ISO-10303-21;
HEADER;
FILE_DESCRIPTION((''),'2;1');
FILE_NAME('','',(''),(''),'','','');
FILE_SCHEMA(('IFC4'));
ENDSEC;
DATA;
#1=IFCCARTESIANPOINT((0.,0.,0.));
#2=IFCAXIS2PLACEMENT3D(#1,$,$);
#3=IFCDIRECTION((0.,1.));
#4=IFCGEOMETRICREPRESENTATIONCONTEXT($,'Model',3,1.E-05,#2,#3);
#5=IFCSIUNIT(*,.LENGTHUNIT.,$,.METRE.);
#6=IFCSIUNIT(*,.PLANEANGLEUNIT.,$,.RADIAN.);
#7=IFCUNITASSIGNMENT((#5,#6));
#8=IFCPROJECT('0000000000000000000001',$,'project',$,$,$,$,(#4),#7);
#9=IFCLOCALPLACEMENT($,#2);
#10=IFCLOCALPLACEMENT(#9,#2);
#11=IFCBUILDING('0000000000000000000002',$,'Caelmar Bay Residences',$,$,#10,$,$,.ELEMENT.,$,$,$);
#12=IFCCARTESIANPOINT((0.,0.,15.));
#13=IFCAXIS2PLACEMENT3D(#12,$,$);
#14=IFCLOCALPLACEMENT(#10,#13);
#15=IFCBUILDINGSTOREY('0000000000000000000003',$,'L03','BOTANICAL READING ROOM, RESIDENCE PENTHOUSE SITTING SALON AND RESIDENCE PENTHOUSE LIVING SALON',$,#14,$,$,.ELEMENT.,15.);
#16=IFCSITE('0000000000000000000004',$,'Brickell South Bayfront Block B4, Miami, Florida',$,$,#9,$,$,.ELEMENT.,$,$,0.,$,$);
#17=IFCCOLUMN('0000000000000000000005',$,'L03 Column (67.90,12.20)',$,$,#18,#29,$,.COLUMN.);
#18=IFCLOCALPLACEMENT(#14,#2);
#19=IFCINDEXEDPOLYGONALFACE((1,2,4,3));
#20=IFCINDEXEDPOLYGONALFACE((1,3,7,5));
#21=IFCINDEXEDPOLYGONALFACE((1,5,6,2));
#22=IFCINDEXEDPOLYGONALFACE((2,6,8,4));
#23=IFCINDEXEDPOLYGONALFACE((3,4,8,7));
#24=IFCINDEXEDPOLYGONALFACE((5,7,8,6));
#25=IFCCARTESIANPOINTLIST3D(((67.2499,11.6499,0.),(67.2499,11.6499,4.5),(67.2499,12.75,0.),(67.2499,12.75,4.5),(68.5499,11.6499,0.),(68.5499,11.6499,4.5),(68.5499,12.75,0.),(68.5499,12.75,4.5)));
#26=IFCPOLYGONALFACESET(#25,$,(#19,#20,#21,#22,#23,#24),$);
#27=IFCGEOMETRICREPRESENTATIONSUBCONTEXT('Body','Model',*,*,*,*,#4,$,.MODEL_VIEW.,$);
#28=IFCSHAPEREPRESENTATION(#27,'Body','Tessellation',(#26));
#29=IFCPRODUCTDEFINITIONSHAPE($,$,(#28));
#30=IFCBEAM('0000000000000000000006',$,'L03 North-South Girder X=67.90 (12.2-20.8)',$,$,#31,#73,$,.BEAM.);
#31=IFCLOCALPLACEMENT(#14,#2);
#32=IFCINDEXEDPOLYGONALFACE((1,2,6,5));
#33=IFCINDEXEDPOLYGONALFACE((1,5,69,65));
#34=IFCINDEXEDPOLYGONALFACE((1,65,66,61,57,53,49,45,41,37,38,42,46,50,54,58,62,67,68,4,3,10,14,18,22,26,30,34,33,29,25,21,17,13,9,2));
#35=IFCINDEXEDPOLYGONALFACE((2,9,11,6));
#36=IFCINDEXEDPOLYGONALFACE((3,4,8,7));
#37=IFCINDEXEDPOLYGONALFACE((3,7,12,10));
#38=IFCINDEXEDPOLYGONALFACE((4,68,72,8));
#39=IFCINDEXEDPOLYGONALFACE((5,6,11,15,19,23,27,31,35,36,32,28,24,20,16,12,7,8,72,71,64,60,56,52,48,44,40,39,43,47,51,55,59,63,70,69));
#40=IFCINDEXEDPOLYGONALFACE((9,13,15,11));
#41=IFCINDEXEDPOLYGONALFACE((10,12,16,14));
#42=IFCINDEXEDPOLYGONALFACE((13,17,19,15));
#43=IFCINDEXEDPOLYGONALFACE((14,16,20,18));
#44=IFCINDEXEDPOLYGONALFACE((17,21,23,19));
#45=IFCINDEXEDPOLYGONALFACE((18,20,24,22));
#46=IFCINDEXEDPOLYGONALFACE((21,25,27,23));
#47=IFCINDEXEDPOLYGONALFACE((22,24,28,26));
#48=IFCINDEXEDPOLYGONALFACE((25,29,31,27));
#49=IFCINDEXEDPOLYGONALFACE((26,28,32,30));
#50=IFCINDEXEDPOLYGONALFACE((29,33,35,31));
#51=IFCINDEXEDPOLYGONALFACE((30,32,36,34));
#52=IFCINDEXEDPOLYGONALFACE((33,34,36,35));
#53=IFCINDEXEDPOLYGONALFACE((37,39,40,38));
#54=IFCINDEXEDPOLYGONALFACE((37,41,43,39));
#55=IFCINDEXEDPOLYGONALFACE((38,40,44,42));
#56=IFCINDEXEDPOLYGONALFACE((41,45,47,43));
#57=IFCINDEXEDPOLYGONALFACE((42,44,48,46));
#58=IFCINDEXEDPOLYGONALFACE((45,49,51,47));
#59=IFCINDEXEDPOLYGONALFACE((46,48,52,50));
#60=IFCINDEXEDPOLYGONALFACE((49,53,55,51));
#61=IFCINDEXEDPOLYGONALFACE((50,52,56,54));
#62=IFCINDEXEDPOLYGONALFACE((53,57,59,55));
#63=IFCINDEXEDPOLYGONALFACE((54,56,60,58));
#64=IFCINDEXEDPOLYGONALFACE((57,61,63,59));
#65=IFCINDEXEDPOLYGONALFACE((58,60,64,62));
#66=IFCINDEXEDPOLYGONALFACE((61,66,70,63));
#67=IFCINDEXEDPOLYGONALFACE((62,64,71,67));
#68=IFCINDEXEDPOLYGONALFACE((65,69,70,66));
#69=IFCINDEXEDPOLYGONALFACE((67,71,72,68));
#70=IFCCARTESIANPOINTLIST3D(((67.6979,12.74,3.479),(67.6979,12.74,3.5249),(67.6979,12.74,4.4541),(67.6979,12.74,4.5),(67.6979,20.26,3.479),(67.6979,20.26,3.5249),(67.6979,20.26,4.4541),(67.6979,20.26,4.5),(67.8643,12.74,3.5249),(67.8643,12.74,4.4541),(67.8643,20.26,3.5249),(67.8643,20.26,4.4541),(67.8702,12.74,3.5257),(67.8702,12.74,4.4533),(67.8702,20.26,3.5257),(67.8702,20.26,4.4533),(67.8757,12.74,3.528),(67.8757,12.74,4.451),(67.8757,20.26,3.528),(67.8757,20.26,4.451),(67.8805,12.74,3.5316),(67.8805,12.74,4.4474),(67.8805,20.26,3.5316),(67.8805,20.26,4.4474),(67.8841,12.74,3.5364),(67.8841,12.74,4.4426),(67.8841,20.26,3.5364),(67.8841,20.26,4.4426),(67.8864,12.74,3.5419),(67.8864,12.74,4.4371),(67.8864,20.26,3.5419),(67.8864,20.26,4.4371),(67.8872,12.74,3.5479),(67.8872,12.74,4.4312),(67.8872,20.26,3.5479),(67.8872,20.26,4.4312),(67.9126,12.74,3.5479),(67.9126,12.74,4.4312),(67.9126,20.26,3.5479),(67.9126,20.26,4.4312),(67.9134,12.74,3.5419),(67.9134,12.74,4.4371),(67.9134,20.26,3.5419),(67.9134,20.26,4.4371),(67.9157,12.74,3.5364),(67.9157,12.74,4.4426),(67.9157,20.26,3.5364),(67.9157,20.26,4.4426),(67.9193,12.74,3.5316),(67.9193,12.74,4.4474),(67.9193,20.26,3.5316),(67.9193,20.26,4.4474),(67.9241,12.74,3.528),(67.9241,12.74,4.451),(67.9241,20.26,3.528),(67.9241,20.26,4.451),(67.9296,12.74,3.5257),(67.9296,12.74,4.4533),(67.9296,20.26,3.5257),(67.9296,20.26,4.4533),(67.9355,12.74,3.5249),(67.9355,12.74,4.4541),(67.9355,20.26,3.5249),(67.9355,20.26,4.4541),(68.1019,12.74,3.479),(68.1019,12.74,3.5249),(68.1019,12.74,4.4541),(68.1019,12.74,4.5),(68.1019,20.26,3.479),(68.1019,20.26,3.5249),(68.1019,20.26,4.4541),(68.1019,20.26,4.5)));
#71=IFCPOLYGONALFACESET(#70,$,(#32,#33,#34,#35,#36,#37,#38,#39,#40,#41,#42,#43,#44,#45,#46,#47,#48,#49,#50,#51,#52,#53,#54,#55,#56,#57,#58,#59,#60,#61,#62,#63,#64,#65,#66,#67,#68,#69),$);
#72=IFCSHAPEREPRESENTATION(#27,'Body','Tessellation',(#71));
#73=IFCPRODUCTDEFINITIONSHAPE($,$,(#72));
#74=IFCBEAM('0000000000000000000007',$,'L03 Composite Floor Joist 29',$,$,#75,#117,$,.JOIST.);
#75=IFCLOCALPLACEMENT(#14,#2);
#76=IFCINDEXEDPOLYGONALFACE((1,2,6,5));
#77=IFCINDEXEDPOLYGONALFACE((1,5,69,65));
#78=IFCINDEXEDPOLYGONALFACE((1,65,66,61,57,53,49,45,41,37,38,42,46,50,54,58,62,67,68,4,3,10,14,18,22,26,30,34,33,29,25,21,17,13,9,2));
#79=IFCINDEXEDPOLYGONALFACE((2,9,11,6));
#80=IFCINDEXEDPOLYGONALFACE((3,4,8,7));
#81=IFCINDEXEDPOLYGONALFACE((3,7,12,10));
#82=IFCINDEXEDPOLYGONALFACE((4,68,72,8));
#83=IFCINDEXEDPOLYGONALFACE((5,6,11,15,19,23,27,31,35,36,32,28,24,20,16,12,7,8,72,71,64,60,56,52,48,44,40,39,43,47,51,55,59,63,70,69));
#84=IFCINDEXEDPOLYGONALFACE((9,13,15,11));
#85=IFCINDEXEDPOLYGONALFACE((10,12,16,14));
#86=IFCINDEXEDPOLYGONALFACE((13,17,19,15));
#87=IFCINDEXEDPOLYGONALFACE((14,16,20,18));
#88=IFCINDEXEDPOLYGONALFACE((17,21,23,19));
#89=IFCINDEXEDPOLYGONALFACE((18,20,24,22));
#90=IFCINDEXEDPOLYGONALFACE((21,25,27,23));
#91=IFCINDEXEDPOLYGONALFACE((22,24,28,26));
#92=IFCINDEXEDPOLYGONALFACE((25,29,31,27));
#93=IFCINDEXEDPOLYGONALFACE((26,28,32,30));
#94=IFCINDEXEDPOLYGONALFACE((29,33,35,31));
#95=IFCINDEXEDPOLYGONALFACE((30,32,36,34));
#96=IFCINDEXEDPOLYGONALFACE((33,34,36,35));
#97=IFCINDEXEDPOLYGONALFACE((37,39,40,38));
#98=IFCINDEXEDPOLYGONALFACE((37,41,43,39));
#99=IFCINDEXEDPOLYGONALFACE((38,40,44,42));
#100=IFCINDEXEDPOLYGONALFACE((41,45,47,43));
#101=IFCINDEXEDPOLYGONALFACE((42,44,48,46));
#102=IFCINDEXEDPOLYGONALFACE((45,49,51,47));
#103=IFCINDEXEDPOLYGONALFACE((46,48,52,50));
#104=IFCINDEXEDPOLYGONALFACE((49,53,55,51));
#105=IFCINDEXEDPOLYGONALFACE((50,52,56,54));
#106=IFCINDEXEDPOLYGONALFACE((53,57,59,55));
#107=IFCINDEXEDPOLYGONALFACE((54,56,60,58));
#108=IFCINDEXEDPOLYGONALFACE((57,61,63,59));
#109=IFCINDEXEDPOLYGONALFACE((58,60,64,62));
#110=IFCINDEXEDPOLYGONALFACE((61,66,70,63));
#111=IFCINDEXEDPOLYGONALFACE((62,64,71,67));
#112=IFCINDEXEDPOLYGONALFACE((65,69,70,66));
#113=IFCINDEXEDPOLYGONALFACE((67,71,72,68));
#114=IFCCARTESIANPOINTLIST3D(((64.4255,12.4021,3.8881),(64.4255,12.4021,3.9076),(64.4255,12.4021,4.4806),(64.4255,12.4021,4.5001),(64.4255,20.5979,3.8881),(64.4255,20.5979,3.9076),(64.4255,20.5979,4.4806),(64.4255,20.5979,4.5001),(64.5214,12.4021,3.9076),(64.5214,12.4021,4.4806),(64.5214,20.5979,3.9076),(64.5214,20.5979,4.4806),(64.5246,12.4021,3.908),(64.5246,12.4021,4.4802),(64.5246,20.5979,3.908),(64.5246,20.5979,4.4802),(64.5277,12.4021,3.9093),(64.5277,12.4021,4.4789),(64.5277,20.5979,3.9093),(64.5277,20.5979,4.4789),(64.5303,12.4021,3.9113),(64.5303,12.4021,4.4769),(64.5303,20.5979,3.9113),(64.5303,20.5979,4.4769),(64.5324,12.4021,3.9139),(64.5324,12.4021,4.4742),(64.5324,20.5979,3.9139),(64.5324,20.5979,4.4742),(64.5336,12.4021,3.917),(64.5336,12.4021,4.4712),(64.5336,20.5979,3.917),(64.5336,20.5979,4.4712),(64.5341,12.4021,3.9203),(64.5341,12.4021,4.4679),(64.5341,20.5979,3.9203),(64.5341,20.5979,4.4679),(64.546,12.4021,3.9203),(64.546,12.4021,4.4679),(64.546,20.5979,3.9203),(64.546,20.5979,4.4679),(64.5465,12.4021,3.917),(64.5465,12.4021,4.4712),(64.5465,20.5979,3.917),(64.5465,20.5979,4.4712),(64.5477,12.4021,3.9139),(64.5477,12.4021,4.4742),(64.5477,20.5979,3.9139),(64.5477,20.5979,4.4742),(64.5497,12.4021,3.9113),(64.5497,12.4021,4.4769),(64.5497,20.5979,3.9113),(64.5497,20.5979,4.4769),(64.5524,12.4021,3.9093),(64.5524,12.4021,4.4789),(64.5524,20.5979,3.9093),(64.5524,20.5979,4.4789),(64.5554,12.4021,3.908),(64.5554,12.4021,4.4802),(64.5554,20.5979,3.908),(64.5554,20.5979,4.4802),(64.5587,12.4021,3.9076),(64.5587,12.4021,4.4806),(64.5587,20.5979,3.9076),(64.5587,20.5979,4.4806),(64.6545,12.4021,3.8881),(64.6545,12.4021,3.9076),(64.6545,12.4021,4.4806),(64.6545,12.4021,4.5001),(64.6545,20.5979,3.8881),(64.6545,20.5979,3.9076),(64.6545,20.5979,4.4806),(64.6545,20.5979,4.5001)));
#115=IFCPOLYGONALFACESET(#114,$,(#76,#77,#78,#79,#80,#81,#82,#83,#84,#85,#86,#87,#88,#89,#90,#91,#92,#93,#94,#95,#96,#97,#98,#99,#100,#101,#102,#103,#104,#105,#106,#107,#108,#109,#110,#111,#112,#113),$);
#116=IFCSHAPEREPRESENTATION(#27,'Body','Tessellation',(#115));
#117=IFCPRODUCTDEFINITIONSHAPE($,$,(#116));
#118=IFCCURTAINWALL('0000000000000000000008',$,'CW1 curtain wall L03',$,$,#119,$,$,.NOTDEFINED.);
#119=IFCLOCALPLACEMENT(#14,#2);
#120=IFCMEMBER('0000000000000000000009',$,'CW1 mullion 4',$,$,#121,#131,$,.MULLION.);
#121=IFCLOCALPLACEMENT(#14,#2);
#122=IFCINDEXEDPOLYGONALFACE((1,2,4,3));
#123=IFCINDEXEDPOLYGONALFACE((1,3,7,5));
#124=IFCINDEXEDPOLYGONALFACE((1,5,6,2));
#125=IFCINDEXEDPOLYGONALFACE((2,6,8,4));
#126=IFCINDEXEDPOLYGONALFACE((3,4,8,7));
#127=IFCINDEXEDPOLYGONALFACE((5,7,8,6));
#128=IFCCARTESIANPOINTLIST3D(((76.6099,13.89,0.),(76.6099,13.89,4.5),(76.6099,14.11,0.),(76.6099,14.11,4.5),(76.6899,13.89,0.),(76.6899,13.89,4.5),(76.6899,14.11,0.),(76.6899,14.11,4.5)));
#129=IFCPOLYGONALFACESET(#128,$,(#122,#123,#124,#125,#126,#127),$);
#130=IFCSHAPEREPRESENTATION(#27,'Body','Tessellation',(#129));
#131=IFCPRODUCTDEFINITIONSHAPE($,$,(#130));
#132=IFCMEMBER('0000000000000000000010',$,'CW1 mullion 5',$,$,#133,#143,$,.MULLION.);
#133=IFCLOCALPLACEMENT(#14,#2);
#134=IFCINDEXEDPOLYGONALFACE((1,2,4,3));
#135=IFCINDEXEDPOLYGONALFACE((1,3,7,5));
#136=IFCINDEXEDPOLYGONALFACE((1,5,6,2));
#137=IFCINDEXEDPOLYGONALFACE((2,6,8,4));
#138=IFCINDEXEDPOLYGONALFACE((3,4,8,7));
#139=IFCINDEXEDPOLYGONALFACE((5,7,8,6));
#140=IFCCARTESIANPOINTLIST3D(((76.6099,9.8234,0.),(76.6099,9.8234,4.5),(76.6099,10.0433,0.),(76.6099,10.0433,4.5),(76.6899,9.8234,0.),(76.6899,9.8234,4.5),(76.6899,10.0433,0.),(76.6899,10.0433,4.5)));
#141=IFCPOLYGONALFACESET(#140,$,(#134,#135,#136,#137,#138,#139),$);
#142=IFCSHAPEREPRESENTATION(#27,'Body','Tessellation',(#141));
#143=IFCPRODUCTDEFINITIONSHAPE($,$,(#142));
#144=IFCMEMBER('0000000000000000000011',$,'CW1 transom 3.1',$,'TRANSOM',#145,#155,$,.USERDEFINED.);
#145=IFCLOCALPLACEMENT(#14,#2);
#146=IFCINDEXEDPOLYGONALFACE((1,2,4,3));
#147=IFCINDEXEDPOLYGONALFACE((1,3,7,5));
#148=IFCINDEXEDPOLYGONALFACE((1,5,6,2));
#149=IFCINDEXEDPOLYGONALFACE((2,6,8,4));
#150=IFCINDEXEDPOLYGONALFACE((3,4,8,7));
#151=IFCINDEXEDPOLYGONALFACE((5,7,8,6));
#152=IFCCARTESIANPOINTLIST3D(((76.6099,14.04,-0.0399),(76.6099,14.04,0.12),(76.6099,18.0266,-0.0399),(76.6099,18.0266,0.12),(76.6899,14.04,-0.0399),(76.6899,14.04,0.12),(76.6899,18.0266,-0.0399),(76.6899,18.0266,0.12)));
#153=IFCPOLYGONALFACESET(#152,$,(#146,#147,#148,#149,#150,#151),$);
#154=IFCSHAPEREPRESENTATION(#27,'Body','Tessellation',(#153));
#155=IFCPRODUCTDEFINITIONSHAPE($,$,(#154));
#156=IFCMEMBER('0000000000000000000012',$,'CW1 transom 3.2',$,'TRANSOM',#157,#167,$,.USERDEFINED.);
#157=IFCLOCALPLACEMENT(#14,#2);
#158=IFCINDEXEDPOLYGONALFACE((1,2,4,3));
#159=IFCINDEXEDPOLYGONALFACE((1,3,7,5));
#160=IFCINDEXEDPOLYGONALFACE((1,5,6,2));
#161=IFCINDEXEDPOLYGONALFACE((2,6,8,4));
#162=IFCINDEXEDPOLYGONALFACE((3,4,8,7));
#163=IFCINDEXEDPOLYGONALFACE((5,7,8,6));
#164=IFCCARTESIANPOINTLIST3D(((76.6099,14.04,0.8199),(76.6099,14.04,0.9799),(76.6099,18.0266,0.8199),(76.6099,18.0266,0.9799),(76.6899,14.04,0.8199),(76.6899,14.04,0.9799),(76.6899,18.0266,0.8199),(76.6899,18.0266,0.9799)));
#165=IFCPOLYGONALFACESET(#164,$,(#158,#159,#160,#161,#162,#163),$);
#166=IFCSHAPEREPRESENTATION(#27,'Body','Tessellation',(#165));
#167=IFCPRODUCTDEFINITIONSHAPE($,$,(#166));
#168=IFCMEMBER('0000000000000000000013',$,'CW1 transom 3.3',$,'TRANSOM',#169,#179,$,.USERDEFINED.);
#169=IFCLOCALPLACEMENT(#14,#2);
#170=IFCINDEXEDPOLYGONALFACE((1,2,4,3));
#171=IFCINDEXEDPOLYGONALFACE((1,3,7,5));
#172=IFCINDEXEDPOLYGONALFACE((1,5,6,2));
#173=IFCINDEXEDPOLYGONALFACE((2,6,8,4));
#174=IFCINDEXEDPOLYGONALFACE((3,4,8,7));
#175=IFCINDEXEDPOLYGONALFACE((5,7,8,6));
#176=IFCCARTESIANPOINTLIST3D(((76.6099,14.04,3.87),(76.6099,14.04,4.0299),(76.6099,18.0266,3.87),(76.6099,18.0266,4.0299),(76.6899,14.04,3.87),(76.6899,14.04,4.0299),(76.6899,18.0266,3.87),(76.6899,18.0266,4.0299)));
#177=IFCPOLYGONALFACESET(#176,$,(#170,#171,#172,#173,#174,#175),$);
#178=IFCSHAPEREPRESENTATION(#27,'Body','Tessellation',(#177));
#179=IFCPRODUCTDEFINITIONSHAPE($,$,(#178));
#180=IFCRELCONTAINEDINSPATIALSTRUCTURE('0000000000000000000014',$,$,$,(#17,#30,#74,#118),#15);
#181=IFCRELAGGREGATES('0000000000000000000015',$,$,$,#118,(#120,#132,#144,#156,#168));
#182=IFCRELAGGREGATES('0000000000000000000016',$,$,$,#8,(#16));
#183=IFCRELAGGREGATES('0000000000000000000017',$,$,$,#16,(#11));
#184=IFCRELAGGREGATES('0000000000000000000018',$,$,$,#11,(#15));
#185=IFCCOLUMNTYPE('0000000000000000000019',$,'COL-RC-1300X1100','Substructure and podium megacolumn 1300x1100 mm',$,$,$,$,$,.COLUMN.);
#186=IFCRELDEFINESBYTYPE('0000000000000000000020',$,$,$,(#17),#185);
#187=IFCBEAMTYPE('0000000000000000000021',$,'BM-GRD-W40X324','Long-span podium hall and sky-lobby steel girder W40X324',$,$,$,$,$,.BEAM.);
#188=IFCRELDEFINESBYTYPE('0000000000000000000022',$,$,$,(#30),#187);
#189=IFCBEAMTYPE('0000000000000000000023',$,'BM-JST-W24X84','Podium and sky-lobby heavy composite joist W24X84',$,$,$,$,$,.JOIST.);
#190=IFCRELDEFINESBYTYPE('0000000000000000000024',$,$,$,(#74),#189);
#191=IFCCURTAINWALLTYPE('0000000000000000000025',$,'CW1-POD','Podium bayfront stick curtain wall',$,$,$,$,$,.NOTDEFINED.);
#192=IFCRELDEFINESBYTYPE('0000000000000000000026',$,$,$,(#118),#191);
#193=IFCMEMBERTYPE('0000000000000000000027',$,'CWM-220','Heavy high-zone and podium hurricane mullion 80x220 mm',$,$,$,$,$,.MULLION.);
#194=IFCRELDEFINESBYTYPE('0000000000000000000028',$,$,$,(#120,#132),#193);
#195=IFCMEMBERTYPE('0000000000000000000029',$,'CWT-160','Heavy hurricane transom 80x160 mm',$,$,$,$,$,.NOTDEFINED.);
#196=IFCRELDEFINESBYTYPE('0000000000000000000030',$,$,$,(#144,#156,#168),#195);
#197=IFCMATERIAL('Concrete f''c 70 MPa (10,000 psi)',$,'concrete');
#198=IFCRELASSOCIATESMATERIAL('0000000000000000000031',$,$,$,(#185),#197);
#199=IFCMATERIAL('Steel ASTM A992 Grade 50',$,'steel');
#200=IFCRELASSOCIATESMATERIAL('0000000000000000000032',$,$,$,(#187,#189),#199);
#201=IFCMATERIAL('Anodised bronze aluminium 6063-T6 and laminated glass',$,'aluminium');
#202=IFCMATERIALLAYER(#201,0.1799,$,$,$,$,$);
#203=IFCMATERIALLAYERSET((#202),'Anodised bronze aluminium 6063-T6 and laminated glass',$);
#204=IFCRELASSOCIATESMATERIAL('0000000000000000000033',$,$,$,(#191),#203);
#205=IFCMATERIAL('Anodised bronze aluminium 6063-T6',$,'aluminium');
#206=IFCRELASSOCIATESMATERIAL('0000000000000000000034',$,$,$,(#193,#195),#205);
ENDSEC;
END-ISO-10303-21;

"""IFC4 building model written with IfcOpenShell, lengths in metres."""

from ifc_helpers import new_model, si_unit, direction, frame, origin, origin_2d, place, context, subcontext, project, spatial, rectangle, i_section, extrude, material, layer, layer_set, material_profile, profile_set, type_object, element, aggregate, save


model = new_model("IFC4")

# Units and contexts
model_context = context("Model", 3, precision=1e-05, world=origin(), true_north=direction((0.0, 1.0)))
body_context = subcontext(model_context, "Body", "Model", "MODEL_VIEW")
ifc_project = project(units=[si_unit("LENGTHUNIT", "METRE"), si_unit("PLANEANGLEUNIT", "RADIAN")], contexts=[model_context])

# Site, building, storey
site_placement = place(None, origin())
site = spatial("IfcSite", under=ifc_project, at=site_placement, Name="Brickell South Bayfront Block B4, Miami, Florida", CompositionType="ELEMENT", RefElevation=0.0)
building_placement = place(site_placement, origin())
building = spatial("IfcBuilding", under=site, at=building_placement, Name="Caelmar Bay Residences", CompositionType="ELEMENT")
storey_placement = place(building_placement, frame((0.0, 0.0, 15.0)))
storey = spatial("IfcBuildingStorey", under=building, at=storey_placement, Name="L03", Description="BOTANICAL READING ROOM, RESIDENCE PENTHOUSE SITTING SALON AND RESIDENCE PENTHOUSE LIVING SALON", CompositionType="ELEMENT", Elevation=15.0)

# Column
ifc_material_1 = material(Name="Concrete f'c 70 MPa (10,000 psi)", Category="concrete")
ifc_material_profile_1 = material_profile(ifc_material_1, rectangle(XDim=1.3, YDim=1.1001, at=origin_2d()), Name="RC-COL-1300X1100")
ifc_profile_set_1 = profile_set([ifc_material_profile_1], Name="Concrete f'c 70 MPa (10,000 psi)")
column_type = type_object("IfcColumnType", Name="COL-RC-1300X1100", Description="Substructure and podium megacolumn 1300x1100 mm", PredefinedType="COLUMN", material=ifc_profile_set_1)
column_placement = place(storey_placement, frame((67.8999, 12.2, 0.0), z_axis=(0.0, 0.0, 1.0), x_axis=(1.0, 0.0, 0.0)))
element("IfcColumn", 1, at=column_placement, inside=storey, type_object=column_type, Name="L03 Column (67.90,12.20)", PredefinedType="COLUMN", context=body_context, shape_type="SweptSolid", body=[
    extrude(rectangle(XDim=1.3, YDim=1.1001, at=origin_2d()), origin(), (0.0, 0.0, 1.0), 4.5),
])

# Beams
ifc_material_2 = material(Name="Steel ASTM A992 Grade 50", Category="steel")
ifc_material_profile_2 = material_profile(ifc_material_2, i_section(OverallWidth=0.4041, OverallDepth=1.021, WebThickness=0.0254, FlangeThickness=0.0459, FilletRadius=0.0229, at=origin_2d()), Name="W40X324")
ifc_profile_set_2 = profile_set([ifc_material_profile_2], Name="Steel ASTM A992 Grade 50")
beam_type_1 = type_object("IfcBeamType", Name="BM-GRD-W40X324", Description="Long-span podium hall and sky-lobby steel girder W40X324", PredefinedType="BEAM", material=ifc_profile_set_2)
beam_1_placement = place(storey_placement, frame((67.8999, 12.74, 3.9895), z_axis=(0.0, 1.0, 0.0), x_axis=(-1.0, 0.0, 0.0)))
element("IfcBeam", 2, at=beam_1_placement, inside=storey, type_object=beam_type_1, Name="L03 North-South Girder X=67.90 (12.2-20.8)", PredefinedType="BEAM", context=body_context, shape_type="SweptSolid", body=[
    extrude(i_section(OverallWidth=0.4041, OverallDepth=1.021, WebThickness=0.0254, FlangeThickness=0.0459, FilletRadius=0.0229, at=origin_2d()), origin(), (0.0, 0.0, 1.0), 7.52),
])
ifc_material_profile_3 = material_profile(ifc_material_2, i_section(OverallWidth=0.229, OverallDepth=0.6121, WebThickness=0.012, FlangeThickness=0.0195, FilletRadius=0.0127, at=origin_2d()), Name="W24X84")
ifc_profile_set_3 = profile_set([ifc_material_profile_3], Name="Steel ASTM A992 Grade 50")
beam_type_2 = type_object("IfcBeamType", Name="BM-JST-W24X84", Description="Podium and sky-lobby heavy composite joist W24X84", PredefinedType="JOIST", material=ifc_profile_set_3)
beam_2_placement = place(storey_placement, frame((64.54, 12.4021, 4.1941), z_axis=(0.0, 1.0, 0.0), x_axis=(-1.0, 0.0, 0.0)))
element("IfcBeam", 3, at=beam_2_placement, inside=storey, type_object=beam_type_2, Name="L03 Composite Floor Joist 29", PredefinedType="JOIST", context=body_context, shape_type="SweptSolid", body=[
    extrude(i_section(OverallWidth=0.229, OverallDepth=0.6121, WebThickness=0.012, FlangeThickness=0.0195, FilletRadius=0.0127, at=origin_2d()), origin(), (0.0, 0.0, 1.0), 8.1958),
])

# Curtain wall, members
ifc_material_3 = material(Name="Anodised bronze aluminium 6063-T6 and laminated glass", Category="aluminium")
ifc_layer_1 = layer(ifc_material_3, 0.1799)
ifc_layer_set_1 = layer_set([ifc_layer_1], Name="Anodised bronze aluminium 6063-T6 and laminated glass")
curtain_wall_type = type_object("IfcCurtainWallType", Name="CW1-POD", Description="Podium bayfront stick curtain wall", PredefinedType="NOTDEFINED", material=ifc_layer_set_1)
curtain_wall_placement = place(storey_placement, origin())
curtain_wall = element("IfcCurtainWall", 4, at=curtain_wall_placement, inside=storey, type_object=curtain_wall_type, Name="CW1 curtain wall L03", PredefinedType="NOTDEFINED")
ifc_material_4 = material(Name="Anodised bronze aluminium 6063-T6", Category="aluminium")
ifc_material_profile_4 = material_profile(ifc_material_4, rectangle(XDim=0.0801, YDim=0.22, at=origin_2d()), Name="CWM-80X220")
ifc_profile_set_4 = profile_set([ifc_material_profile_4], Name="Anodised bronze aluminium 6063-T6")
member_type_1 = type_object("IfcMemberType", Name="CWM-220", Description="Heavy high-zone and podium hurricane mullion 80x220 mm", PredefinedType="MULLION", material=ifc_profile_set_4)
member_1_placement = place(storey_placement, frame((76.6499, 14.0, 0.0), z_axis=(0.0, 0.0, 1.0), x_axis=(1.0, 0.0, 0.0)))
member_1 = element("IfcMember", 5, at=member_1_placement, type_object=member_type_1, Name="CW1 mullion 4", PredefinedType="MULLION", context=body_context, shape_type="SweptSolid", body=[
    extrude(rectangle(XDim=0.0801, YDim=0.22, at=origin_2d()), origin(), (0.0, 0.0, 1.0), 4.5),
])
member_2_placement = place(storey_placement, frame((76.6499, 9.9333, 0.0), z_axis=(0.0, 0.0, 1.0), x_axis=(1.0, 0.0, 0.0)))
member_2 = element("IfcMember", 6, at=member_2_placement, type_object=member_type_1, Name="CW1 mullion 5", PredefinedType="MULLION", context=body_context, shape_type="SweptSolid", body=[
    extrude(rectangle(XDim=0.0801, YDim=0.22, at=origin_2d()), origin(), (0.0, 0.0, 1.0), 4.5),
])
ifc_material_profile_5 = material_profile(ifc_material_4, rectangle(XDim=0.0801, YDim=0.1599, at=origin_2d()), Name="CWT-80X160")
ifc_profile_set_5 = profile_set([ifc_material_profile_5], Name="Anodised bronze aluminium 6063-T6")
member_type_2 = type_object("IfcMemberType", Name="CWT-160", Description="Heavy hurricane transom 80x160 mm", PredefinedType="NOTDEFINED", material=ifc_profile_set_5)
member_3_placement = place(storey_placement, frame((76.6499, 18.0266, 0.04), z_axis=(0.0, -1.0, 0.0), x_axis=(1.0, 0.0, 0.0)))
member_3 = element("IfcMember", 7, at=member_3_placement, type_object=member_type_2, Name="CW1 transom 3.1", ObjectType="TRANSOM", PredefinedType="USERDEFINED", context=body_context, shape_type="SweptSolid", body=[
    extrude(rectangle(XDim=0.0801, YDim=0.1599, at=origin_2d()), origin(), (0.0, 0.0, 1.0), 3.9866),
])
member_4_placement = place(storey_placement, frame((76.6499, 18.0266, 0.8999), z_axis=(0.0, -1.0, 0.0), x_axis=(1.0, 0.0, 0.0)))
member_4 = element("IfcMember", 8, at=member_4_placement, type_object=member_type_2, Name="CW1 transom 3.2", ObjectType="TRANSOM", PredefinedType="USERDEFINED", context=body_context, shape_type="SweptSolid", body=[
    extrude(rectangle(XDim=0.0801, YDim=0.1599, at=origin_2d()), origin(), (0.0, 0.0, 1.0), 3.9866),
])
member_5_placement = place(storey_placement, frame((76.6499, 18.0266, 3.95), z_axis=(0.0, -1.0, 0.0), x_axis=(1.0, 0.0, 0.0)))
member_5 = element("IfcMember", 9, at=member_5_placement, type_object=member_type_2, Name="CW1 transom 3.3", ObjectType="TRANSOM", PredefinedType="USERDEFINED", context=body_context, shape_type="SweptSolid", body=[
    extrude(rectangle(XDim=0.0801, YDim=0.1599, at=origin_2d()), origin(), (0.0, 0.0, 1.0), 3.9866),
])
aggregate(curtain_wall, [member_1, member_2, member_3, member_4, member_5])

save(model, "model.ifc")
